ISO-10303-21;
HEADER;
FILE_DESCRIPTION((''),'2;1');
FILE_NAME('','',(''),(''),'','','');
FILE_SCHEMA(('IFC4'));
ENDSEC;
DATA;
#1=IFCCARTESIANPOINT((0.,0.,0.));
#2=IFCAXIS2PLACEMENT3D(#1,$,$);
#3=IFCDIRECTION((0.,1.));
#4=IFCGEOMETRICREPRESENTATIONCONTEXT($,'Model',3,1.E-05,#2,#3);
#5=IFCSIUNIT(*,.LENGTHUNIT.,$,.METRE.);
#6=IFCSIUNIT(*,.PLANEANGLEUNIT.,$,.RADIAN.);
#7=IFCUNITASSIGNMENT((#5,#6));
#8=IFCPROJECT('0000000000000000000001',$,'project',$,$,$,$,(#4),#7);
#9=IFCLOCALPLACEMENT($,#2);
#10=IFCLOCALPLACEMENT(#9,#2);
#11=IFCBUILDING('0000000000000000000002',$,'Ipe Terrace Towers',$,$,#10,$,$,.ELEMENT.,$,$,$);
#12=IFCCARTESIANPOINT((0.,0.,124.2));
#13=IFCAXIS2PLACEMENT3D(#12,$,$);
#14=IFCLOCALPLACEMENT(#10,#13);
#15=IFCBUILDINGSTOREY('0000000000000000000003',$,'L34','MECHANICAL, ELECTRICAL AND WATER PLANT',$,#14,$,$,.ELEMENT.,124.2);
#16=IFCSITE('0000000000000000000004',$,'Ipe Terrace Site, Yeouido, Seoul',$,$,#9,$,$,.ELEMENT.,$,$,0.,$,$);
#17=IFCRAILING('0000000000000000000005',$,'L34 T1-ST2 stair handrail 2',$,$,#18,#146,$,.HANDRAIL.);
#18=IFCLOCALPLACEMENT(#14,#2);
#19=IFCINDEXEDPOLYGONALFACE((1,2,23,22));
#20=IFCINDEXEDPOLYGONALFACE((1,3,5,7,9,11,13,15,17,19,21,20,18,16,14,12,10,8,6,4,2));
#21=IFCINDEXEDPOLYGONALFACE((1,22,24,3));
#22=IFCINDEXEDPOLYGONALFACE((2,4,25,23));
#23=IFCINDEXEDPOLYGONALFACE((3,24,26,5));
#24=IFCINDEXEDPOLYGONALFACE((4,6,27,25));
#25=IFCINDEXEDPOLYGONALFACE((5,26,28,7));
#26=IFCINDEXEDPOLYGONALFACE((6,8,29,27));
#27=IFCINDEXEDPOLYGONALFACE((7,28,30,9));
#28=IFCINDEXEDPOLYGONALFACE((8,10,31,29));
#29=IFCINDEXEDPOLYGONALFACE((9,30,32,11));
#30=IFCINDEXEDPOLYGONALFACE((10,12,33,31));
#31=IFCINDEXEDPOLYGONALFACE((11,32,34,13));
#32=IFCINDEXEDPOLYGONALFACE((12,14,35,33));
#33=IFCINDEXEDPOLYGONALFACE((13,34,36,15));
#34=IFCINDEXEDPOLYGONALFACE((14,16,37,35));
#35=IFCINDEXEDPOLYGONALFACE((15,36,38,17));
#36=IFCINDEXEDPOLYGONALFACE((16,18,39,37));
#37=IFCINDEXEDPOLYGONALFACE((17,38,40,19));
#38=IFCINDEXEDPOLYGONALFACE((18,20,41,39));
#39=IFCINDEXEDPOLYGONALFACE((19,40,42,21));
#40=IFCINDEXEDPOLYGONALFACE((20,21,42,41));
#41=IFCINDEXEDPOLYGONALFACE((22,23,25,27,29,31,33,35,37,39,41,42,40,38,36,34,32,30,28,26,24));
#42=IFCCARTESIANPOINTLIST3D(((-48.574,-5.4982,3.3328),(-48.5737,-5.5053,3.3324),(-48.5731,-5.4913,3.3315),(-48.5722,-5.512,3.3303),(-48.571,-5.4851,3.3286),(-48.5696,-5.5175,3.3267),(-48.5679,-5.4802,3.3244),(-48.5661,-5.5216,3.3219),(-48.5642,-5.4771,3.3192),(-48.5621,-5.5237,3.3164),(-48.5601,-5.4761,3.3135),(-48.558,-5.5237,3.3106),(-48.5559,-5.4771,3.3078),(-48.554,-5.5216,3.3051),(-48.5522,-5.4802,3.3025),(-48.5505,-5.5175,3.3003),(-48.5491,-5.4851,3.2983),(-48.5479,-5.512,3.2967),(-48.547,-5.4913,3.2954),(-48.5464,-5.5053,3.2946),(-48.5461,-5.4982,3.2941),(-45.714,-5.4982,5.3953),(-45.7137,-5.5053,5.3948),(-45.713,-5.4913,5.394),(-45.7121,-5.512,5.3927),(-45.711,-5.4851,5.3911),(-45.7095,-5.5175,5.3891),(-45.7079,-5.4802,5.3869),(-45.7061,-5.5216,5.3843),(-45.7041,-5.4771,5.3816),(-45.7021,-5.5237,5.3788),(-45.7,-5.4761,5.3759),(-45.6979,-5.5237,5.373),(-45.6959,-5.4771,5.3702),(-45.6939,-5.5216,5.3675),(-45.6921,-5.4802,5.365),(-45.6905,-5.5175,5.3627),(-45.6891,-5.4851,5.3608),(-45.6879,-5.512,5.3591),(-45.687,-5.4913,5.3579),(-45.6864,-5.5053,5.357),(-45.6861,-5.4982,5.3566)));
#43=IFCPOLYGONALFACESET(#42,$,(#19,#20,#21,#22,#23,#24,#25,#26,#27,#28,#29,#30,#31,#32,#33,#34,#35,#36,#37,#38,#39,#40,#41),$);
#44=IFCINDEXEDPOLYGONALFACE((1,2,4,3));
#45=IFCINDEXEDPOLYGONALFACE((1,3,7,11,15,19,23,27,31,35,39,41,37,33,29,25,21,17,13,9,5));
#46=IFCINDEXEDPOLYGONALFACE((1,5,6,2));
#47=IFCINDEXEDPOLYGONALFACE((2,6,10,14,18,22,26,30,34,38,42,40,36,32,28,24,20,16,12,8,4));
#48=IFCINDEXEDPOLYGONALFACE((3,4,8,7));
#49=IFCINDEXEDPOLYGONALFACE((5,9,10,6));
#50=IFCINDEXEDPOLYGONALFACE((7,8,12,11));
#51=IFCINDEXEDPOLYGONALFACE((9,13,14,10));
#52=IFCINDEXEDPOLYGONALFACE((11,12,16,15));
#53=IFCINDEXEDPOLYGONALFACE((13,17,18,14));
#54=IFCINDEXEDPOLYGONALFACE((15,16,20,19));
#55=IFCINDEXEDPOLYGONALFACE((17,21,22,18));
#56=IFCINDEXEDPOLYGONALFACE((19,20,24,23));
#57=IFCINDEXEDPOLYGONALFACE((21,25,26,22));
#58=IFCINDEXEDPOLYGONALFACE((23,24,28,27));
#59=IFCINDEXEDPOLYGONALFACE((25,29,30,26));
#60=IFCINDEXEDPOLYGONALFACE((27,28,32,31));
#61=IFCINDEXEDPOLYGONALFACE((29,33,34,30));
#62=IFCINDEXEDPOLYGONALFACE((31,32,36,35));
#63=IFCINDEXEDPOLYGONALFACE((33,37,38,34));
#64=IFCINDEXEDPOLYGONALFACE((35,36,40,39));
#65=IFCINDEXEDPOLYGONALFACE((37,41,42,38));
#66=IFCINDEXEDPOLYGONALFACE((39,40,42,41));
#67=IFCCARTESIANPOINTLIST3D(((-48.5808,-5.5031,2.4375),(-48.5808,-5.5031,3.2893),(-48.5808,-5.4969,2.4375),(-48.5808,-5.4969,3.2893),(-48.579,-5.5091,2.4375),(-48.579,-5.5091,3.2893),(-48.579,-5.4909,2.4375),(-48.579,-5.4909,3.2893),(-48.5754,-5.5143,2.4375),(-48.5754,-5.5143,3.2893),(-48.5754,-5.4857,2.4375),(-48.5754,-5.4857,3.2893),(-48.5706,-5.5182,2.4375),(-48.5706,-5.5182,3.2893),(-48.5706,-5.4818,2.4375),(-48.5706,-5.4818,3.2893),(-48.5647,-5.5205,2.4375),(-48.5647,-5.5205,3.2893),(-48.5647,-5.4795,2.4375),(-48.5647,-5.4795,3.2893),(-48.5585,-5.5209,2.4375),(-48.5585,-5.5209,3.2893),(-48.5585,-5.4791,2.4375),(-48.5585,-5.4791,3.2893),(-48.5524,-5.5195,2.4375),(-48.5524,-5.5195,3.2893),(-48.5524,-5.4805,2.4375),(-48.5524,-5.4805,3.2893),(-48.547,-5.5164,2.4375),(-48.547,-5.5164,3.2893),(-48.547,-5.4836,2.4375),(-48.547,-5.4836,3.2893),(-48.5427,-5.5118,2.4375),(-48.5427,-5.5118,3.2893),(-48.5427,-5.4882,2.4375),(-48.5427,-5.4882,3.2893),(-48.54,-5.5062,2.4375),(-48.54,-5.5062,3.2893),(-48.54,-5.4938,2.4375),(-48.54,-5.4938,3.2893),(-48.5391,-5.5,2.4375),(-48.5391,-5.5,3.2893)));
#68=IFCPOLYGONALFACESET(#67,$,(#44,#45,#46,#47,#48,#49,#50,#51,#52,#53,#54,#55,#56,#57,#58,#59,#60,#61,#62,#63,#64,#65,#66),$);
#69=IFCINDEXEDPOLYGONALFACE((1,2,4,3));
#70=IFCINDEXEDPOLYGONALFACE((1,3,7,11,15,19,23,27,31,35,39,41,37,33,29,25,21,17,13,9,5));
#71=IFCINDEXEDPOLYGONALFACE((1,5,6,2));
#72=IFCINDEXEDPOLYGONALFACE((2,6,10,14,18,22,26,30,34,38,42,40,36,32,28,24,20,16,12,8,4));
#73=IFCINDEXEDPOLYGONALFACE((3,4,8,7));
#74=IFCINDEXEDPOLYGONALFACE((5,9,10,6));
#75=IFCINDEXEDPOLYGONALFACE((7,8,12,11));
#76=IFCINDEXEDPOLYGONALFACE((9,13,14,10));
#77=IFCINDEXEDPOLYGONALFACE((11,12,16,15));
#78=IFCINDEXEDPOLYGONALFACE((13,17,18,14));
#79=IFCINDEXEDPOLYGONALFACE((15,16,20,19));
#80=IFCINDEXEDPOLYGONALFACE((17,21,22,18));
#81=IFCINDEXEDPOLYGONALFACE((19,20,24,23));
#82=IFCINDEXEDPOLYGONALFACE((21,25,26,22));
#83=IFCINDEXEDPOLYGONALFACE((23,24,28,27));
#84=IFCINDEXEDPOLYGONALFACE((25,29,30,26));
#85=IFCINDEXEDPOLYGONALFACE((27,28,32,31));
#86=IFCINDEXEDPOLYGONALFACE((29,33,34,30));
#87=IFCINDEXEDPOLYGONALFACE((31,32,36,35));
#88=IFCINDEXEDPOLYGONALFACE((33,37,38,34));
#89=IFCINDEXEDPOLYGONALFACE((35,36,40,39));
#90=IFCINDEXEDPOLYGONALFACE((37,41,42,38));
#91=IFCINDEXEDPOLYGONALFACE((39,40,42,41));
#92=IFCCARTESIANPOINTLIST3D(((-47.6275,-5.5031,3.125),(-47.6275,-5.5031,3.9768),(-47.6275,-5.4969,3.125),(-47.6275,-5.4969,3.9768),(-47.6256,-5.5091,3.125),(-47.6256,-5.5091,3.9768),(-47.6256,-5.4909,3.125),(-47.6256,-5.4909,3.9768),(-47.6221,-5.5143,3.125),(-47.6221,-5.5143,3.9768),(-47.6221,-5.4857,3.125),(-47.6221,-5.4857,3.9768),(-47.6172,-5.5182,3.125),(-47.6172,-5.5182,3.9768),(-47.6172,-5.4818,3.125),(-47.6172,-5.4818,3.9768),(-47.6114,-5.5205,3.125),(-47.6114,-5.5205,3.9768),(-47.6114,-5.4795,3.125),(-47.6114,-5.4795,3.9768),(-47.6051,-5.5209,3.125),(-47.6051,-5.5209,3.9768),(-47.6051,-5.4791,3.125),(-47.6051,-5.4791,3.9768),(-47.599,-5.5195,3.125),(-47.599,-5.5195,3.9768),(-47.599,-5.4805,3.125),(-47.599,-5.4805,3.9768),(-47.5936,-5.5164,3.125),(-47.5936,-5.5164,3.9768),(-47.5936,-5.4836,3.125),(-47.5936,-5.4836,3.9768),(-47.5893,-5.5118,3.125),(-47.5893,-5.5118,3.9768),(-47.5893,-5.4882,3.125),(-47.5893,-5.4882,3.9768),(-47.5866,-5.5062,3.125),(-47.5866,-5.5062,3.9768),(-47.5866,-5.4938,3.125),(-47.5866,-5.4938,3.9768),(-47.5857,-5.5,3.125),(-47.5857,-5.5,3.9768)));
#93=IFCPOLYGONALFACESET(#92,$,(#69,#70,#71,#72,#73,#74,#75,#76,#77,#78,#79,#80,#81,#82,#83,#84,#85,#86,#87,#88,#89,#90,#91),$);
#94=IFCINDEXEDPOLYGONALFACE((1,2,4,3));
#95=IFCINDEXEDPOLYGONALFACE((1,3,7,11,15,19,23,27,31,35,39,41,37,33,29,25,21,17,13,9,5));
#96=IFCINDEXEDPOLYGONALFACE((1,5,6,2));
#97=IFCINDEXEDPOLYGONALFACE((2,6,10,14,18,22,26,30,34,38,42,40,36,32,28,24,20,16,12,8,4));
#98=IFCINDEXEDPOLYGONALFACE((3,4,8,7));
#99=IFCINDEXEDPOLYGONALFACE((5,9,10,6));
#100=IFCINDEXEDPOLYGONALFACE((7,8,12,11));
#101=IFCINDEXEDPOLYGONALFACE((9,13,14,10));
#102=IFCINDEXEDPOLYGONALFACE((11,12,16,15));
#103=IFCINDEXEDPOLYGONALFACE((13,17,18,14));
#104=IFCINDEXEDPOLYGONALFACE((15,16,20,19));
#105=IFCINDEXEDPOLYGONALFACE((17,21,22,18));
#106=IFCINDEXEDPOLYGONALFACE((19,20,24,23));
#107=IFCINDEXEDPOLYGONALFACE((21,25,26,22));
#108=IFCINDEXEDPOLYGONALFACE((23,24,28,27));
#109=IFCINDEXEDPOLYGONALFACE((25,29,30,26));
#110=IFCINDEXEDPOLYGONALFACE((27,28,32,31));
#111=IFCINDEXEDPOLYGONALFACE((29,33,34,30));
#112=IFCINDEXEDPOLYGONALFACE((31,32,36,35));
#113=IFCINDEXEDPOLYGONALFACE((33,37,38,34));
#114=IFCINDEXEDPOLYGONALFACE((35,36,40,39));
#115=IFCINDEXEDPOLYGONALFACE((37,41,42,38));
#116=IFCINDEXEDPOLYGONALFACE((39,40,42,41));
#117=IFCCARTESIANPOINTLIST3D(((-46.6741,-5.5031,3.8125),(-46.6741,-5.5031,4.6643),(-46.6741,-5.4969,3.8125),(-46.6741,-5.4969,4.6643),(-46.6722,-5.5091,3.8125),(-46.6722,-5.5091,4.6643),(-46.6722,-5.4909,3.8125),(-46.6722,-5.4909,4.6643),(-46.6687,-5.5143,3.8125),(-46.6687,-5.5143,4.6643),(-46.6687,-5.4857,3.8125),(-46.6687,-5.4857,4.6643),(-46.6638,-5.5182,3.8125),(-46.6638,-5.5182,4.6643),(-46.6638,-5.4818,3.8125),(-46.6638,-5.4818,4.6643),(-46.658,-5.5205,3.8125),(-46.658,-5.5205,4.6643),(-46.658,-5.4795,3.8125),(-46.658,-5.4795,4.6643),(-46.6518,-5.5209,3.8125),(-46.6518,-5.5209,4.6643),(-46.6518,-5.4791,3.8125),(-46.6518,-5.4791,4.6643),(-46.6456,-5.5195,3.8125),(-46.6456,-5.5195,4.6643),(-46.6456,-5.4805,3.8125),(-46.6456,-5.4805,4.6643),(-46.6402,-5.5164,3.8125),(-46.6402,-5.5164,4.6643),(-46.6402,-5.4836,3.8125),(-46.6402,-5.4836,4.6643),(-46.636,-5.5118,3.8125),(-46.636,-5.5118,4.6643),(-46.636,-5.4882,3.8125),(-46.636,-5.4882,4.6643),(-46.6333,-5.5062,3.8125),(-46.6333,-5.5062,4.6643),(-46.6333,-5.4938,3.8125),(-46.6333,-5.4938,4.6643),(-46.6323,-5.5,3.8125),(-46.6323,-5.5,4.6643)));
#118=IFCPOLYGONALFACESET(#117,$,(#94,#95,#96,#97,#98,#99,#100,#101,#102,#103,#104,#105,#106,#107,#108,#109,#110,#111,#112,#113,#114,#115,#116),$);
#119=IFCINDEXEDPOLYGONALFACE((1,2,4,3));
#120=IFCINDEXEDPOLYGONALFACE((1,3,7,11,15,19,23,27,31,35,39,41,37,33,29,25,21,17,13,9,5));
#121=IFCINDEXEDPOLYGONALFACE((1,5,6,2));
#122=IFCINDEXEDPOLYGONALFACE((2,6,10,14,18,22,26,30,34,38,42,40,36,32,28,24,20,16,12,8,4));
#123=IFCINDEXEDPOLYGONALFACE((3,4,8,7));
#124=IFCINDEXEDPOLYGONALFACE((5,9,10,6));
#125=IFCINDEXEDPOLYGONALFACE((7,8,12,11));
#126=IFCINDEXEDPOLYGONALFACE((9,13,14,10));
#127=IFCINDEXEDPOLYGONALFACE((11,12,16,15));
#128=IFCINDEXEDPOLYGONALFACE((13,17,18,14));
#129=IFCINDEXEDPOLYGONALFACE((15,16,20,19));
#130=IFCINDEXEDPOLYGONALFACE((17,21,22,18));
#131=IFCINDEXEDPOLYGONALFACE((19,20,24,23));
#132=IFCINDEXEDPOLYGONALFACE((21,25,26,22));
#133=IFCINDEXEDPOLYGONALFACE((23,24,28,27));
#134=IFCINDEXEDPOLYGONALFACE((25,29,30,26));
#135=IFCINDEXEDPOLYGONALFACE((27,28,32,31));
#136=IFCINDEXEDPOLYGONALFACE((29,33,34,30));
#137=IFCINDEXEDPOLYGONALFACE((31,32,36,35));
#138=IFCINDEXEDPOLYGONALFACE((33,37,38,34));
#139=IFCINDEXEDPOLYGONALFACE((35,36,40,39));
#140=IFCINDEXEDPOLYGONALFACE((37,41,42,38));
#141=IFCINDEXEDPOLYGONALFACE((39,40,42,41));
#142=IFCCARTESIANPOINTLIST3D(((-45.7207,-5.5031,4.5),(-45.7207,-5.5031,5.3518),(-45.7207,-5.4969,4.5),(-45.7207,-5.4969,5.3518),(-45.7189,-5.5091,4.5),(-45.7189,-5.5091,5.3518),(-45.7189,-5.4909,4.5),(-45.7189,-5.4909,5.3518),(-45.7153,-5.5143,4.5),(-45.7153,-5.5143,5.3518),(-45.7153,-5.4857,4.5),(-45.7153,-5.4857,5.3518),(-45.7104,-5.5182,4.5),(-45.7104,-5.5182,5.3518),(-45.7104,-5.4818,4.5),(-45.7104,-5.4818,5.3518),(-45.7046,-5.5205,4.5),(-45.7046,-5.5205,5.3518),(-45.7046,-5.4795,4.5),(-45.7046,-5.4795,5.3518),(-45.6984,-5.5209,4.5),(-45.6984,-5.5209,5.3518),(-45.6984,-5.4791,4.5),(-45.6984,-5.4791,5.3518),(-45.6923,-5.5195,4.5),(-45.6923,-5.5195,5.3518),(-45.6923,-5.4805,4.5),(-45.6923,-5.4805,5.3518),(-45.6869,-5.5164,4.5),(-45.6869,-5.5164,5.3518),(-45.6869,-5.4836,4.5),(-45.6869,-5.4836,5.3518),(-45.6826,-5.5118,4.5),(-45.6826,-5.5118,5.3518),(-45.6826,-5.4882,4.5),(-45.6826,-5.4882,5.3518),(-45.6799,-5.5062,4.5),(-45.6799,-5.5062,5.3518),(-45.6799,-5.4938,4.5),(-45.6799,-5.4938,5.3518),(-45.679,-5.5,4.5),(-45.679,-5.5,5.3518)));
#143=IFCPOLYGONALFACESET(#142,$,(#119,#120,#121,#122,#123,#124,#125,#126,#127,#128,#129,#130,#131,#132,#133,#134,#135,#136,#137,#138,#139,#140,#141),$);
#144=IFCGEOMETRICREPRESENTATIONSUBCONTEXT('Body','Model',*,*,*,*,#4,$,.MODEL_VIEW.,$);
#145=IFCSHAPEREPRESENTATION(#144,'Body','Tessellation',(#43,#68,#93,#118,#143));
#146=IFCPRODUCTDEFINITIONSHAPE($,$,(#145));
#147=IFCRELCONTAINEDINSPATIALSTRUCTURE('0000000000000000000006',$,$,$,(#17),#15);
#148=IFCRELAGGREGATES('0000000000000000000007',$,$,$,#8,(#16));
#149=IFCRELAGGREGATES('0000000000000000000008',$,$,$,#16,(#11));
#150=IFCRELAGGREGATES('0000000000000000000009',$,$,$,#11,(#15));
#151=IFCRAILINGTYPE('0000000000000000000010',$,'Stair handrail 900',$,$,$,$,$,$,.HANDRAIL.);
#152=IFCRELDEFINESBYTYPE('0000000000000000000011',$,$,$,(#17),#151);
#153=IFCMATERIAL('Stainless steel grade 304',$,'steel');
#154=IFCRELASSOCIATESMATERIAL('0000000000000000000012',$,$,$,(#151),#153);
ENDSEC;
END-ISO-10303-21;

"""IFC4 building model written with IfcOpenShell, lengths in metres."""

from ifc_helpers import new_model, si_unit, direction, frame, origin, origin_2d, place, context, subcontext, project, spatial, circle, extrude, material, type_object, element, save


model = new_model("IFC4")

# Units and contexts
model_context = context("Model", 3, precision=1e-05, world=origin(), true_north=direction((0.0, 1.0)))
body_context = subcontext(model_context, "Body", "Model", "MODEL_VIEW")
ifc_project = project(units=[si_unit("LENGTHUNIT", "METRE"), si_unit("PLANEANGLEUNIT", "RADIAN")], contexts=[model_context])

# Site, building, storey
site_placement = place(None, origin())
site = spatial("IfcSite", under=ifc_project, at=site_placement, Name="Ipe Terrace Site, Yeouido, Seoul", CompositionType="ELEMENT", RefElevation=0.0)
building_placement = place(site_placement, origin())
building = spatial("IfcBuilding", under=site, at=building_placement, Name="Ipe Terrace Towers", CompositionType="ELEMENT")
storey_placement = place(building_placement, frame((0.0, 0.0, 124.2)))
storey = spatial("IfcBuildingStorey", under=building, at=storey_placement, Name="L34", Description="MECHANICAL, ELECTRICAL AND WATER PLANT", CompositionType="ELEMENT", Elevation=124.2)

# Railing
ifc_material_1 = material(Name="Stainless steel grade 304", Category="steel")
railing_type_1 = type_object("IfcRailingType", Name="Stair handrail 900", PredefinedType="HANDRAIL", material=ifc_material_1)
railing_1_placement = place(storey_placement, frame((-48.5601, -5.5, 2.4375)))
element("IfcRailing", 1, at=railing_1_placement, inside=storey, type_object=railing_type_1, Name="L34 T1-ST2 stair handrail 2", PredefinedType="HANDRAIL", context=body_context, shape_type="SweptSolid", body=[
    extrude(circle(Radius=0.0239, at=origin_2d()), frame((0.0, 0.0, 0.876), z_axis=(0.811101, 0.0, 0.584906), x_axis=(0.0, 1.0, 0.0)), (0.0, 0.0, 1.0), 3.5261),
    extrude(circle(Radius=0.021, at=origin_2d()), origin(), (0.0, 0.0, 1.0), 0.8518),
    extrude(circle(Radius=0.021, at=origin_2d()), frame((0.9534, 0.0, 0.6875)), (0.0, 0.0, 1.0), 0.8518),
    extrude(circle(Radius=0.021, at=origin_2d()), frame((1.9067, 0.0, 1.375)), (0.0, 0.0, 1.0), 0.8518),
    extrude(circle(Radius=0.021, at=origin_2d()), frame((2.8601, 0.0, 2.0625)), (0.0, 0.0, 1.0), 0.8518),
])

save(model, "model.ifc")
